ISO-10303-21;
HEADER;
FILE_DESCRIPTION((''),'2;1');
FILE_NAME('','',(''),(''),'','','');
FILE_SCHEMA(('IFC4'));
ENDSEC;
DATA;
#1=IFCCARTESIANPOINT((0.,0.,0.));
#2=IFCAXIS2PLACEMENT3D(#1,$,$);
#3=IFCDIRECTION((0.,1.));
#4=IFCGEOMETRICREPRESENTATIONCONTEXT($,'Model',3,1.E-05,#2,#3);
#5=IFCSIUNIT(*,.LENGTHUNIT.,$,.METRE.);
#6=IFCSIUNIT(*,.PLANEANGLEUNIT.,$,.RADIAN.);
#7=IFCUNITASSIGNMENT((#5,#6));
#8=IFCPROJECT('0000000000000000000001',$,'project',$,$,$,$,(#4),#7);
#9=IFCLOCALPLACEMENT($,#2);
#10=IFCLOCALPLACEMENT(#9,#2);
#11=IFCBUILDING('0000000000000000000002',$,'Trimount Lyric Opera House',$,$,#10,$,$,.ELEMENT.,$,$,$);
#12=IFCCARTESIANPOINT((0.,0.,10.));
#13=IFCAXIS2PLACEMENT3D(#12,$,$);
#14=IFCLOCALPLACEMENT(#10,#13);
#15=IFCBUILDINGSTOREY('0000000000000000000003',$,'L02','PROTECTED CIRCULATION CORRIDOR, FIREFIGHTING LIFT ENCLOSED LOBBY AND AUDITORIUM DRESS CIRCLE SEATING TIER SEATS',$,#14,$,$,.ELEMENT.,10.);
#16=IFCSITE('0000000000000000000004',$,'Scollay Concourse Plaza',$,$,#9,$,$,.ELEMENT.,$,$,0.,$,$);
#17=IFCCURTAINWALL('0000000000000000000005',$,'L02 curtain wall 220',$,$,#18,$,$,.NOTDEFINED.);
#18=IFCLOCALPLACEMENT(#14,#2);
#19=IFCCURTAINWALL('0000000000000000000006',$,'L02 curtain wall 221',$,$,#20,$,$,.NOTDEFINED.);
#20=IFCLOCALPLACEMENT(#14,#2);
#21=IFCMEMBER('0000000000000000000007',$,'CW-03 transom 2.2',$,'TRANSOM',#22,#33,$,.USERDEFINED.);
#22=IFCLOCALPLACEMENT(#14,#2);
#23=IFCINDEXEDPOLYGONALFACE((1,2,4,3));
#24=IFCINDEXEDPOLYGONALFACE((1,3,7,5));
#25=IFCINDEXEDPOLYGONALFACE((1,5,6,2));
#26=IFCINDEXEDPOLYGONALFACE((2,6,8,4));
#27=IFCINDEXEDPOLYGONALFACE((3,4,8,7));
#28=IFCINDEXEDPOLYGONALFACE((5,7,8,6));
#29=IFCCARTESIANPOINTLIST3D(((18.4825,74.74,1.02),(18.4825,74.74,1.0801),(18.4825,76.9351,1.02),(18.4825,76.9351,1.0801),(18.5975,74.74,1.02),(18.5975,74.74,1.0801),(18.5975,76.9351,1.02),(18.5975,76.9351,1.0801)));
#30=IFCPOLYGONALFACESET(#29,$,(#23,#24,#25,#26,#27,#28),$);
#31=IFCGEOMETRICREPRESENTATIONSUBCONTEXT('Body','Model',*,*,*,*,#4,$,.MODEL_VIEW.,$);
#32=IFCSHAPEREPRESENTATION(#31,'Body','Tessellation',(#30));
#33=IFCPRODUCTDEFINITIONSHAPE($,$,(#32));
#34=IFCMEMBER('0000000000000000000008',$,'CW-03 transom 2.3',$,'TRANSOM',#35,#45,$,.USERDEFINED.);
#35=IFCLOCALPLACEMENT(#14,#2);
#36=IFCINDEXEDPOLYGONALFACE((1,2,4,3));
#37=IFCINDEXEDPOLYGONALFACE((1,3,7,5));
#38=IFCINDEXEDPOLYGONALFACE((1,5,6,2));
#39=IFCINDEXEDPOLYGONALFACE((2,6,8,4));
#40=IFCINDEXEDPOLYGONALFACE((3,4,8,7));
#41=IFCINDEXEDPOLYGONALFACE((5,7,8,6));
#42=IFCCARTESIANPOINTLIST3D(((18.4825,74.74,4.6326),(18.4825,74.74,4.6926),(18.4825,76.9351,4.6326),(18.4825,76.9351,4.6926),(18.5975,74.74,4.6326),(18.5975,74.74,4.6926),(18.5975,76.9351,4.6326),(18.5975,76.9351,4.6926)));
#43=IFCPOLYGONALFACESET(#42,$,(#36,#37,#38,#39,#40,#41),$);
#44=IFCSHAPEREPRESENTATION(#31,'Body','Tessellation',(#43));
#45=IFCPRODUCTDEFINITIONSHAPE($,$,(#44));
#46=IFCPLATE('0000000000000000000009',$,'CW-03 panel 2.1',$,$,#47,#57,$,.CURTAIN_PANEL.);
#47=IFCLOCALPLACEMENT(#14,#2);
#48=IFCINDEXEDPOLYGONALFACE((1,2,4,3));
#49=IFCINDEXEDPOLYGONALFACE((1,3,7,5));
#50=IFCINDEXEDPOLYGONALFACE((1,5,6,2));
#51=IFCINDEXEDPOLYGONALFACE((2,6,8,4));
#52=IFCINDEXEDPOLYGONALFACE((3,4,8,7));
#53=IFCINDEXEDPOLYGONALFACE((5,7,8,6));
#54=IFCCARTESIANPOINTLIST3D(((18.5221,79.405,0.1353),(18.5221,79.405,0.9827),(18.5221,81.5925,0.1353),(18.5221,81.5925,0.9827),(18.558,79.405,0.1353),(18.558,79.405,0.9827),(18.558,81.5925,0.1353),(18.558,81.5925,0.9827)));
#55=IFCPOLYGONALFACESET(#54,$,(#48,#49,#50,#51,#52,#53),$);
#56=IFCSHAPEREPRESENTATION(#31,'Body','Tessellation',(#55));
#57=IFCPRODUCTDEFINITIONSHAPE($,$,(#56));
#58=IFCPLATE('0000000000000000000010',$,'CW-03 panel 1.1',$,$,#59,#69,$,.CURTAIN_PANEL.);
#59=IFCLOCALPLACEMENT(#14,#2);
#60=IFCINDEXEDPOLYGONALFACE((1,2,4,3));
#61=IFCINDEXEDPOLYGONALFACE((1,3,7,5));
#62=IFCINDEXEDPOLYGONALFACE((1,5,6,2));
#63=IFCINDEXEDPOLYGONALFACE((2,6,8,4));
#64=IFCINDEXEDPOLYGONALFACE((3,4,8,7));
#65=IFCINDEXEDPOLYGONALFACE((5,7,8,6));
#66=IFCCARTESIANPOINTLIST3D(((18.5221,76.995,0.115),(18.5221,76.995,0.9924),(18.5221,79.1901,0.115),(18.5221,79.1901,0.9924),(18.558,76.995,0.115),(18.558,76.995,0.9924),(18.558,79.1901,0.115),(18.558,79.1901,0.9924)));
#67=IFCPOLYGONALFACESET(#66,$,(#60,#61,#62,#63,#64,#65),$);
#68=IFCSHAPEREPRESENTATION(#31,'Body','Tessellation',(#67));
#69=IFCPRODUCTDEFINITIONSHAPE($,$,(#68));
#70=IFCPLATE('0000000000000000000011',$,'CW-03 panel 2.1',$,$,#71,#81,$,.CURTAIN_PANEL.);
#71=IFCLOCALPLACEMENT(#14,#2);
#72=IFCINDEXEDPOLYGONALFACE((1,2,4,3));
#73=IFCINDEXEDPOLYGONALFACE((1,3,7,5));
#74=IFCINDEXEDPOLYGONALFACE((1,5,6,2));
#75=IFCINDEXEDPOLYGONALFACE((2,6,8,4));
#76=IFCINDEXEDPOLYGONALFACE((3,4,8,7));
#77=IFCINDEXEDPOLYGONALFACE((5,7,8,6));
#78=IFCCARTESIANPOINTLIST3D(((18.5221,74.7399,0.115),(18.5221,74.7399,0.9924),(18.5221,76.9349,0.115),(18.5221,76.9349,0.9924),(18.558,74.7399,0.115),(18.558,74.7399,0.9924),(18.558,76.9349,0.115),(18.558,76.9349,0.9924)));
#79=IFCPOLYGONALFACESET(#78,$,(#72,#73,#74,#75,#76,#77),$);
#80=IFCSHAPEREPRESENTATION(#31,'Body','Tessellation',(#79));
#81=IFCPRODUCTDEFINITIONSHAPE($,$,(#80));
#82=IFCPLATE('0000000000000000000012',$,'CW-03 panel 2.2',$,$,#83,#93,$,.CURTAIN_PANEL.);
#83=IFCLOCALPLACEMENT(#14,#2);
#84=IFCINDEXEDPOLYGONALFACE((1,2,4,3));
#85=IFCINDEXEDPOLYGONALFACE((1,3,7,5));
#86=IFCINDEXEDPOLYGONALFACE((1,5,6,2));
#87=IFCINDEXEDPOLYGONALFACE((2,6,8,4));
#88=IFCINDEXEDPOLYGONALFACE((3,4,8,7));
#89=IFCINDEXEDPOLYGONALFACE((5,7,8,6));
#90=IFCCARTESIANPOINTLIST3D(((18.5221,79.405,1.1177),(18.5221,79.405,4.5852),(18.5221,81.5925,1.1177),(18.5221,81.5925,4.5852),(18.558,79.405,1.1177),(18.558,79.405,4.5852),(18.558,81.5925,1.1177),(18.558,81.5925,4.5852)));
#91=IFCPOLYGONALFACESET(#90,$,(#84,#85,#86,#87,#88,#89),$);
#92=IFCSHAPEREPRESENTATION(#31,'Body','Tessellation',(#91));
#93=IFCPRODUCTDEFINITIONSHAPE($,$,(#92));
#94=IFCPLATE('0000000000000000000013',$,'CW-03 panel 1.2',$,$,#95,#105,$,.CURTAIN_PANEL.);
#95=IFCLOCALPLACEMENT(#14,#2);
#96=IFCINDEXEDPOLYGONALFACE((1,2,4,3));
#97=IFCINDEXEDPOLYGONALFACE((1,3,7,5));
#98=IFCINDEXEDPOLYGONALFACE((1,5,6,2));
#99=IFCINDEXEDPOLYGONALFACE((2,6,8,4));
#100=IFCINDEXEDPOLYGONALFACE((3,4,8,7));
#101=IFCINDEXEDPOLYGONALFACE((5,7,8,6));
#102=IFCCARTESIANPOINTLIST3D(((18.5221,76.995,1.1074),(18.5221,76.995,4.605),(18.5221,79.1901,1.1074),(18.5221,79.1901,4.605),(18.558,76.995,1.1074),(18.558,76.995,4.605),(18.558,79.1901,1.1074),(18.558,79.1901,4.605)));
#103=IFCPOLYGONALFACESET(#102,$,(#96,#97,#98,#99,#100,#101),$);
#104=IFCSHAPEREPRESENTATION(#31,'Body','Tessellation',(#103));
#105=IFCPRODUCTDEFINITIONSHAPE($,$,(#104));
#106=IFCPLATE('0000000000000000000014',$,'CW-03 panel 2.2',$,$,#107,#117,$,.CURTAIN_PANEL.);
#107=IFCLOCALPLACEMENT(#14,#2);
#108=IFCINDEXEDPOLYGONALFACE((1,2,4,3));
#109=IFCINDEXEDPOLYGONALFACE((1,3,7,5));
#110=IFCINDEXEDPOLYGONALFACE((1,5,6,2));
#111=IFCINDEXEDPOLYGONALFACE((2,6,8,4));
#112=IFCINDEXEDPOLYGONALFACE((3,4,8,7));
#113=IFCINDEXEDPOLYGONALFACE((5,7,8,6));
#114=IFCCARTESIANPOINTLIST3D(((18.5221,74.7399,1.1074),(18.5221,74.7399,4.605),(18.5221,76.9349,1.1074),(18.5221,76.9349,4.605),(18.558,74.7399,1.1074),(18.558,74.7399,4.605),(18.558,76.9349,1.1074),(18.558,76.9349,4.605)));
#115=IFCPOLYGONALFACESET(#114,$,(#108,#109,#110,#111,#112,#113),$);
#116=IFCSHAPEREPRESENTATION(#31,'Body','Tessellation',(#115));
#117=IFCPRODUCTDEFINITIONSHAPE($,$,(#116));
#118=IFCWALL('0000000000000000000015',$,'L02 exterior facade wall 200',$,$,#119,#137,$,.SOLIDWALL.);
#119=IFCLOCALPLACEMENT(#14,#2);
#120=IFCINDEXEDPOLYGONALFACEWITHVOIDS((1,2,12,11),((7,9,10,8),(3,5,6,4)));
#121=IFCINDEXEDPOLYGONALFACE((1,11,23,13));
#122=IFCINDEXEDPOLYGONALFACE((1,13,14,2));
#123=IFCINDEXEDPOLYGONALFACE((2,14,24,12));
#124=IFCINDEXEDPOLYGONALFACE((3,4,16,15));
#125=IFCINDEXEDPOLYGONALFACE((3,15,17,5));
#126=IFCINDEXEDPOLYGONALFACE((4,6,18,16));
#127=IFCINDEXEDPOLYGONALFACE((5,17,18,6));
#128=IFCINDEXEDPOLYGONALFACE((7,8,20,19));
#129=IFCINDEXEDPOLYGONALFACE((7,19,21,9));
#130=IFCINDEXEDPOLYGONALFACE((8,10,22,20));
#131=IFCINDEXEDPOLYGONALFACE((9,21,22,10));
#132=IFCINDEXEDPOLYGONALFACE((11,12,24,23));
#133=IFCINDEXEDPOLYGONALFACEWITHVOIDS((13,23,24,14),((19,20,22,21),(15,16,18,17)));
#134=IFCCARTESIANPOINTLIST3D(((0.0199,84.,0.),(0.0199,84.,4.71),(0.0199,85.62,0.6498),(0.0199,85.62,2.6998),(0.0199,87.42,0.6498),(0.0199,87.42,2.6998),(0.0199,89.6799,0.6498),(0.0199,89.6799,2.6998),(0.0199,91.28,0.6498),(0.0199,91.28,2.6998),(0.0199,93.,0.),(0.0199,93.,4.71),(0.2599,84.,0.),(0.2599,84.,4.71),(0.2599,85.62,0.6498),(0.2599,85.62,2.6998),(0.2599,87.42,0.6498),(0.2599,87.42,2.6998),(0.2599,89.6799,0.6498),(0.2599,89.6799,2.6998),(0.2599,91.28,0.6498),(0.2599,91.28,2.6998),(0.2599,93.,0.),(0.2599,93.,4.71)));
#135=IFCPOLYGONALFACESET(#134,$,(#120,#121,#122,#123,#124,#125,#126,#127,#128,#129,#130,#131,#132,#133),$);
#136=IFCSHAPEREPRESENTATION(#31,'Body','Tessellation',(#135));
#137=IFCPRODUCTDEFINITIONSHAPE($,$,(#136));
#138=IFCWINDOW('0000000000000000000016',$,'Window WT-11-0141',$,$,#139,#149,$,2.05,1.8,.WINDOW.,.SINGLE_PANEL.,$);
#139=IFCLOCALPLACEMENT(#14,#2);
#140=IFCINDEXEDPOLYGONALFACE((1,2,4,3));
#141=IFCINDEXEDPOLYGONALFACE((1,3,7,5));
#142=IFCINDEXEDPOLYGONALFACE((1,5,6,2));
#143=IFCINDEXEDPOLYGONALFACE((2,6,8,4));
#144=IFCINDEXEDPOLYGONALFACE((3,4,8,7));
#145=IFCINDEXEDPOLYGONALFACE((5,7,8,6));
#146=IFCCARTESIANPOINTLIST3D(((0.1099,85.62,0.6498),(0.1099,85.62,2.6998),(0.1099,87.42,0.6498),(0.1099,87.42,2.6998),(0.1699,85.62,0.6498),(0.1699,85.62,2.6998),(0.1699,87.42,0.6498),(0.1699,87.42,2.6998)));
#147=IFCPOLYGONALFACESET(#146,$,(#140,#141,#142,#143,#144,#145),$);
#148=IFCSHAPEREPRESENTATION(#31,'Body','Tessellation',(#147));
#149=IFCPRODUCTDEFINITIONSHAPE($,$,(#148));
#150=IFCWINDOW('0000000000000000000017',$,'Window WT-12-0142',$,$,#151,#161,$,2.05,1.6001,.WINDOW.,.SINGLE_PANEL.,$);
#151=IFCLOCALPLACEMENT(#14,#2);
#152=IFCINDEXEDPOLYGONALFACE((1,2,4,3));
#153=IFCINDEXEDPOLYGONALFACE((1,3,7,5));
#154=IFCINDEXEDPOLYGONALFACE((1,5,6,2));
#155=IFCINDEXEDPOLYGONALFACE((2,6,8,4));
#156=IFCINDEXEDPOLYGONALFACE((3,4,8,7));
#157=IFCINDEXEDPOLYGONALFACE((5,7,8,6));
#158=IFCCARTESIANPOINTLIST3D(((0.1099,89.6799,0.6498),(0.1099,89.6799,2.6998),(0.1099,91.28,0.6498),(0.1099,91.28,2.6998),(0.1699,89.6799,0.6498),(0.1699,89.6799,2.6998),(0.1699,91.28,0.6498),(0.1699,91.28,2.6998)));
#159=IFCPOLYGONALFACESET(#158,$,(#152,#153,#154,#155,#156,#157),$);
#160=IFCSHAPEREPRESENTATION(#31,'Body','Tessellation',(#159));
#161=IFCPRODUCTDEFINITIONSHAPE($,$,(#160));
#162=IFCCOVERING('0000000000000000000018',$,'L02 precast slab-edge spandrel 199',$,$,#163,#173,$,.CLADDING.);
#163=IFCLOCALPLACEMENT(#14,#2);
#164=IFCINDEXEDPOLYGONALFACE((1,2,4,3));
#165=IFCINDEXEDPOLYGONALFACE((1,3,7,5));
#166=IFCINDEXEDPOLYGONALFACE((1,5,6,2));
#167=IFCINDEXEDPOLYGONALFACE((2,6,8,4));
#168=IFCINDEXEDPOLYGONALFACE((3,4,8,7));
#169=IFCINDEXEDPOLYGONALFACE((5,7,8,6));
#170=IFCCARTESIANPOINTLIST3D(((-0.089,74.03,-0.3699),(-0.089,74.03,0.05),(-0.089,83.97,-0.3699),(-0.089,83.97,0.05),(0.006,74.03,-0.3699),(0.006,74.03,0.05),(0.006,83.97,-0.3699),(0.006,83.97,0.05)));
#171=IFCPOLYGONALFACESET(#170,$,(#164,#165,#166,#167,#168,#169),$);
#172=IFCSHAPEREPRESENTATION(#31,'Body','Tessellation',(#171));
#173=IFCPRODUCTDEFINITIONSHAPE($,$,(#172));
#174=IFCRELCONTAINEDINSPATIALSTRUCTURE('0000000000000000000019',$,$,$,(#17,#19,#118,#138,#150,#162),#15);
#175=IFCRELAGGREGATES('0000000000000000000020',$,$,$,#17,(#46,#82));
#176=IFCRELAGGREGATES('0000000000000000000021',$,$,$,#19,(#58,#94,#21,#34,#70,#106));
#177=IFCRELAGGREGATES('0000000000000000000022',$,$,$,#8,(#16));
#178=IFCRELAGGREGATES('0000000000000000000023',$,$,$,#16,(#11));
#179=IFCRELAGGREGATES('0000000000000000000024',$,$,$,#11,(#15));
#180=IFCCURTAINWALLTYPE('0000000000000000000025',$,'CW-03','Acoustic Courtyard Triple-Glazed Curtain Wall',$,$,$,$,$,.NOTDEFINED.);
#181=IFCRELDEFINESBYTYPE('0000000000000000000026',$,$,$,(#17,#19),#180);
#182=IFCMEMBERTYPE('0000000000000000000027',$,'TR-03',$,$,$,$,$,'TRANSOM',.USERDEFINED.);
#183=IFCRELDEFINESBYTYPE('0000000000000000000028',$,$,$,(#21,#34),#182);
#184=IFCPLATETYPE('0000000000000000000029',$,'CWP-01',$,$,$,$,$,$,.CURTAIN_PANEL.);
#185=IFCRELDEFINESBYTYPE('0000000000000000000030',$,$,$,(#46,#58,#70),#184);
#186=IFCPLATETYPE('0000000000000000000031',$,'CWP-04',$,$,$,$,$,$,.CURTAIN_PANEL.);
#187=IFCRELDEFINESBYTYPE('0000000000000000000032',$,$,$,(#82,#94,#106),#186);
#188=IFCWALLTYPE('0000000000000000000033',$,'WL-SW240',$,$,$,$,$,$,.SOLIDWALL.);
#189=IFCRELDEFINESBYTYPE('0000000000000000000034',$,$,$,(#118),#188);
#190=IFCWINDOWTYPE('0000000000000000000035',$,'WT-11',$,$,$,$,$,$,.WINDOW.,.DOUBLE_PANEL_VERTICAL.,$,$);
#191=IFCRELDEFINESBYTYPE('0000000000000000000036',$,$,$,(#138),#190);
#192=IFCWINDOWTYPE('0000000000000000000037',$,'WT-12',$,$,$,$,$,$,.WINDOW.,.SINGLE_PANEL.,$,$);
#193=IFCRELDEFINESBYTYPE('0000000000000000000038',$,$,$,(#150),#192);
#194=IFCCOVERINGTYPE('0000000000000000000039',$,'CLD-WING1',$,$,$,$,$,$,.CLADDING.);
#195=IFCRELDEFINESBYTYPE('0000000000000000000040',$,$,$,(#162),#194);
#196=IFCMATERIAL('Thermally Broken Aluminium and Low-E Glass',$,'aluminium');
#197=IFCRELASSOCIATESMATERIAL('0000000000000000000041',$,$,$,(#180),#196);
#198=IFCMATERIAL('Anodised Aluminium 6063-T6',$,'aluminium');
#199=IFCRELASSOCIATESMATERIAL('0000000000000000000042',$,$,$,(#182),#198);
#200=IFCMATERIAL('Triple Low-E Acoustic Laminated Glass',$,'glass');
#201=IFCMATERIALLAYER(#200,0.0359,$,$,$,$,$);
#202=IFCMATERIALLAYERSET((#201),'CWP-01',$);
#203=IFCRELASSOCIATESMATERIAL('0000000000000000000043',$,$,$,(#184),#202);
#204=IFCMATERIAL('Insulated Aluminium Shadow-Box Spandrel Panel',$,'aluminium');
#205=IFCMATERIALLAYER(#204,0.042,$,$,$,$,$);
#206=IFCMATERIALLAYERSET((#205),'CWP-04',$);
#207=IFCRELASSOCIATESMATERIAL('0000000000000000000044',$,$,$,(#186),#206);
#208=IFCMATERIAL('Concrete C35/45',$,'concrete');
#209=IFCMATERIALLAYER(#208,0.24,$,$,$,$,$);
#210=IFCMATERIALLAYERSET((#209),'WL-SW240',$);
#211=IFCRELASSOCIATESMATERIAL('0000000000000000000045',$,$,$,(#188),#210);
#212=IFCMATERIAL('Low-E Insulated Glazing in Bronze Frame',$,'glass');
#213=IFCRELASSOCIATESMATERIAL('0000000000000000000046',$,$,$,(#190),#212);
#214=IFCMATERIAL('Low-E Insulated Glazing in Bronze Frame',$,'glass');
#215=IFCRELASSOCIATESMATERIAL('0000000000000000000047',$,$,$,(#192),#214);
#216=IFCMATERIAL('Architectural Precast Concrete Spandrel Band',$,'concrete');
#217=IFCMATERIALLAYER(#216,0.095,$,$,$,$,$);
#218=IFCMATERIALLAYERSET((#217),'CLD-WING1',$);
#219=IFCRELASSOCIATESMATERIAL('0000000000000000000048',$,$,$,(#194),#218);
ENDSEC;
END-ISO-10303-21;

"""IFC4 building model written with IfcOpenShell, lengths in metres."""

from ifc_helpers import new_model, si_unit, direction, frame, frame_2d, origin, origin_2d, place, context, subcontext, project, spatial, rectangle, extrude, material, layer, layer_set, material_profile, profile_set, type_object, element, fill, aggregate, save


model = new_model("IFC4")

# Units and contexts
model_context = context("Model", 3, precision=1e-05, world=origin(), true_north=direction((0.0, 1.0)))
body_context = subcontext(model_context, "Body", "Model", "MODEL_VIEW")
ifc_project = project(units=[si_unit("LENGTHUNIT", "METRE"), si_unit("PLANEANGLEUNIT", "RADIAN")], contexts=[model_context])

# Site, building, storey
site_placement = place(None, origin())
site = spatial("IfcSite", under=ifc_project, at=site_placement, Name="Scollay Concourse Plaza", CompositionType="ELEMENT", RefElevation=0.0)
building_placement = place(site_placement, origin())
building = spatial("IfcBuilding", under=site, at=building_placement, Name="Trimount Lyric Opera House", CompositionType="ELEMENT")
storey_placement = place(building_placement, frame((0.0, 0.0, 10.0)))
storey = spatial("IfcBuildingStorey", under=building, at=storey_placement, Name="L02", Description="PROTECTED CIRCULATION CORRIDOR, FIREFIGHTING LIFT ENCLOSED LOBBY AND AUDITORIUM DRESS CIRCLE SEATING TIER SEATS", CompositionType="ELEMENT", Elevation=10.0)

# Curtain wall
ifc_material_1 = material(Name="Thermally Broken Aluminium and Low-E Glass", Category="aluminium")
curtain_wall_type = type_object("IfcCurtainWallType", Name="CW-03", Description="Acoustic Courtyard Triple-Glazed Curtain Wall", PredefinedType="NOTDEFINED", material=ifc_material_1)
curtain_wall_1_placement = place(storey_placement, origin())
curtain_wall_1 = element("IfcCurtainWall", 1, at=curtain_wall_1_placement, inside=storey, type_object=curtain_wall_type, Name="L02 curtain wall 220", PredefinedType="NOTDEFINED")

# Curtain wall
curtain_wall_2_placement = place(storey_placement, origin())
curtain_wall_2 = element("IfcCurtainWall", 2, at=curtain_wall_2_placement, inside=storey, type_object=curtain_wall_type, Name="L02 curtain wall 221", PredefinedType="NOTDEFINED")

# Members
ifc_material_2 = material(Name="Anodised Aluminium 6063-T6", Category="aluminium")
ifc_material_profile_1 = material_profile(ifc_material_2, rectangle(XDim=0.115, YDim=0.0601, at=origin_2d()), Name="ALU-TRAN-60X115")
ifc_profile_set_1 = profile_set([ifc_material_profile_1], Name="Anodised Aluminium 6063-T6")
member_type_1 = type_object("IfcMemberType", Name="TR-03", ElementType="TRANSOM", PredefinedType="USERDEFINED", material=ifc_profile_set_1)
member_1_placement = place(storey_placement, frame((18.54, 76.9351, 1.05), z_axis=(0.0, -1.0, 0.0), x_axis=(1.0, 0.0, 0.0)))
member_1 = element("IfcMember", 3, at=member_1_placement, type_object=member_type_1, Name="CW-03 transom 2.2", ObjectType="TRANSOM", PredefinedType="USERDEFINED", context=body_context, shape_type="SweptSolid", body=[
    extrude(rectangle(XDim=0.115, YDim=0.0601, at=origin_2d()), origin(), (0.0, 0.0, 1.0), 2.1951),
])
member_2_placement = place(storey_placement, frame((18.54, 76.9351, 4.6626), z_axis=(0.0, -1.0, 0.0), x_axis=(1.0, 0.0, 0.0)))
member_2 = element("IfcMember", 4, at=member_2_placement, type_object=member_type_1, Name="CW-03 transom 2.3", ObjectType="TRANSOM", PredefinedType="USERDEFINED", context=body_context, shape_type="SweptSolid", body=[
    extrude(rectangle(XDim=0.115, YDim=0.0601, at=origin_2d()), origin(), (0.0, 0.0, 1.0), 2.1951),
])

# Plates
ifc_material_3 = material(Name="Triple Low-E Acoustic Laminated Glass", Category="glass")
ifc_layer_1 = layer(ifc_material_3, 0.0359)
ifc_layer_set_1 = layer_set([ifc_layer_1], Name="CWP-01")
plate_type_1 = type_object("IfcPlateType", Name="CWP-01", PredefinedType="CURTAIN_PANEL", material=ifc_layer_set_1)
plate_1_placement = place(storey_placement, frame((18.54, 80.4988, 0.1353), z_axis=(0.0, 0.0, 1.0), x_axis=(0.0, -1.0, 0.0)))
plate_1 = element("IfcPlate", 5, at=plate_1_placement, type_object=plate_type_1, Name="CW-03 panel 2.1", PredefinedType="CURTAIN_PANEL", context=body_context, shape_type="SweptSolid", body=[
    extrude(rectangle(XDim=2.1875, YDim=0.0359, at=origin_2d()), origin(), (0.0, 0.0, 1.0), 0.8474),
])
plate_2_placement = place(storey_placement, frame((18.54, 78.0925, 0.115), z_axis=(0.0, 0.0, 1.0), x_axis=(0.0, -1.0, 0.0)))
plate_2 = element("IfcPlate", 6, at=plate_2_placement, type_object=plate_type_1, Name="CW-03 panel 1.1", PredefinedType="CURTAIN_PANEL", context=body_context, shape_type="SweptSolid", body=[
    extrude(rectangle(XDim=2.1951, YDim=0.0359, at=origin_2d()), origin(), (0.0, 0.0, 1.0), 0.8774),
])
plate_3_placement = place(storey_placement, frame((18.54, 75.8374, 0.115), z_axis=(0.0, 0.0, 1.0), x_axis=(0.0, -1.0, 0.0)))
plate_3 = element("IfcPlate", 7, at=plate_3_placement, type_object=plate_type_1, Name="CW-03 panel 2.1", PredefinedType="CURTAIN_PANEL", context=body_context, shape_type="SweptSolid", body=[
    extrude(rectangle(XDim=2.1951, YDim=0.0359, at=origin_2d()), origin(), (0.0, 0.0, 1.0), 0.8774),
])
ifc_material_4 = material(Name="Insulated Aluminium Shadow-Box Spandrel Panel", Category="aluminium")
ifc_layer_2 = layer(ifc_material_4, 0.042)
ifc_layer_set_2 = layer_set([ifc_layer_2], Name="CWP-04")
plate_type_2 = type_object("IfcPlateType", Name="CWP-04", PredefinedType="CURTAIN_PANEL", material=ifc_layer_set_2)
plate_4_placement = place(storey_placement, frame((18.54, 80.4988, 1.1177), z_axis=(0.0, 0.0, 1.0), x_axis=(0.0, -1.0, 0.0)))
plate_4 = element("IfcPlate", 8, at=plate_4_placement, type_object=plate_type_2, Name="CW-03 panel 2.2", PredefinedType="CURTAIN_PANEL", context=body_context, shape_type="SweptSolid", body=[
    extrude(rectangle(XDim=2.1875, YDim=0.0359, at=origin_2d()), origin(), (0.0, 0.0, 1.0), 3.4675),
])
aggregate(curtain_wall_1, [plate_1, plate_4])
plate_5_placement = place(storey_placement, frame((18.54, 78.0925, 1.1074), z_axis=(0.0, 0.0, 1.0), x_axis=(0.0, -1.0, 0.0)))
plate_5 = element("IfcPlate", 9, at=plate_5_placement, type_object=plate_type_2, Name="CW-03 panel 1.2", PredefinedType="CURTAIN_PANEL", context=body_context, shape_type="SweptSolid", body=[
    extrude(rectangle(XDim=2.1951, YDim=0.0359, at=origin_2d()), origin(), (0.0, 0.0, 1.0), 3.4976),
])
plate_6_placement = place(storey_placement, frame((18.54, 75.8374, 1.1074), z_axis=(0.0, 0.0, 1.0), x_axis=(0.0, -1.0, 0.0)))
plate_6 = element("IfcPlate", 10, at=plate_6_placement, type_object=plate_type_2, Name="CW-03 panel 2.2", PredefinedType="CURTAIN_PANEL", context=body_context, shape_type="SweptSolid", body=[
    extrude(rectangle(XDim=2.1951, YDim=0.0359, at=origin_2d()), origin(), (0.0, 0.0, 1.0), 3.4976),
])
aggregate(curtain_wall_2, [plate_2, plate_5, member_1, member_2, plate_3, plate_6])

# Wall, openings, windows
ifc_material_5 = material(Name="Concrete C35/45", Category="concrete")
ifc_layer_3 = layer(ifc_material_5, 0.24)
ifc_layer_set_3 = layer_set([ifc_layer_3], Name="WL-SW240")
wall_type = type_object("IfcWallType", Name="WL-SW240", PredefinedType="SOLIDWALL", material=ifc_layer_set_3)
wall_placement = place(storey_placement, frame((0.1399, 84.0, 0.0), z_axis=(0.0, 0.0, 1.0), x_axis=(0.0, 1.0, 0.0)))
wall = element("IfcWall", 11, at=wall_placement, inside=storey, type_object=wall_type, Name="L02 exterior facade wall 200", PredefinedType="SOLIDWALL", context=body_context, shape_type="SweptSolid", body=[
    extrude(rectangle(XDim=9.0, YDim=0.24, at=frame_2d((4.5, 0.0))), origin(), (0.0, 0.0, 1.0), 4.71),
])
opening_1_placement = place(wall_placement, frame((1.6201, 0.0, 0.6499)))
opening_1 = element("IfcOpeningElement", 12, at=opening_1_placement, cuts=wall, PredefinedType="OPENING", context=body_context, shape_type="SweptSolid", body=[
    extrude(rectangle(XDim=1.8, YDim=2.05, at=frame_2d((0.8999, 1.0249))), frame((0.0, 0.1299, 0.0), z_axis=(0.0, -1.0, 0.0), x_axis=(1.0, 0.0, 0.0)), (0.0, 0.0, 1.0), 0.26),
])
opening_2_placement = place(wall_placement, frame((5.6799, 0.0, 0.6499)))
opening_2 = element("IfcOpeningElement", 13, at=opening_2_placement, cuts=wall, PredefinedType="OPENING", context=body_context, shape_type="SweptSolid", body=[
    extrude(rectangle(XDim=1.6001, YDim=2.05, at=frame_2d((0.8, 1.0249))), frame((0.0, 0.1299, 0.0), z_axis=(0.0, -1.0, 0.0), x_axis=(1.0, 0.0, 0.0)), (0.0, 0.0, 1.0), 0.26),
])
ifc_material_6 = material(Name="Low-E Insulated Glazing in Bronze Frame", Category="glass")
window_type_1 = type_object("IfcWindowType", Name="WT-11", PartitioningType="DOUBLE_PANEL_VERTICAL", PredefinedType="WINDOW", material=ifc_material_6)
window_1_placement = place(opening_1_placement, origin())
window_1 = element("IfcWindow", 14, at=window_1_placement, inside=storey, type_object=window_type_1, Name="Window WT-11-0141", OverallHeight=2.05, OverallWidth=1.8, PartitioningType="SINGLE_PANEL", PredefinedType="WINDOW", context=body_context, shape_type="SweptSolid", body=[
    extrude(rectangle(XDim=1.8, YDim=2.05, at=frame_2d((0.8999, 1.0249))), frame((0.0, 0.03, 0.0), z_axis=(0.0, -1.0, 0.0), x_axis=(1.0, 0.0, 0.0)), (0.0, 0.0, 1.0), 0.0601),
])
fill(opening_1, window_1)
ifc_material_7 = material(Name="Low-E Insulated Glazing in Bronze Frame", Category="glass")
window_type_2 = type_object("IfcWindowType", Name="WT-12", PartitioningType="SINGLE_PANEL", PredefinedType="WINDOW", material=ifc_material_7)
window_2_placement = place(opening_2_placement, origin())
window_2 = element("IfcWindow", 15, at=window_2_placement, inside=storey, type_object=window_type_2, Name="Window WT-12-0142", OverallHeight=2.05, OverallWidth=1.6001, PartitioningType="SINGLE_PANEL", PredefinedType="WINDOW", context=body_context, shape_type="SweptSolid", body=[
    extrude(rectangle(XDim=1.6001, YDim=2.05, at=frame_2d((0.8, 1.0249))), frame((0.0, 0.03, 0.0), z_axis=(0.0, -1.0, 0.0), x_axis=(1.0, 0.0, 0.0)), (0.0, 0.0, 1.0), 0.0601),
])
fill(opening_2, window_2)

# Covering
ifc_material_8 = material(Name="Architectural Precast Concrete Spandrel Band", Category="concrete")
ifc_layer_4 = layer(ifc_material_8, 0.095)
ifc_layer_set_4 = layer_set([ifc_layer_4], Name="CLD-WING1")
covering_type = type_object("IfcCoveringType", Name="CLD-WING1", PredefinedType="CLADDING", material=ifc_layer_set_4)
covering_1_placement = place(storey_placement, frame((-0.0415, 79.0, -0.3699), z_axis=(0.0, 0.0, 1.0), x_axis=(0.0, 1.0, 0.0)))
element("IfcCovering", 16, at=covering_1_placement, inside=storey, type_object=covering_type, Name="L02 precast slab-edge spandrel 199", PredefinedType="CLADDING", context=body_context, shape_type="SweptSolid", body=[
    extrude(rectangle(XDim=9.9399, YDim=0.095, at=origin_2d()), origin(), (0.0, 0.0, 1.0), 0.4199),
])

save(model, "model.ifc")
